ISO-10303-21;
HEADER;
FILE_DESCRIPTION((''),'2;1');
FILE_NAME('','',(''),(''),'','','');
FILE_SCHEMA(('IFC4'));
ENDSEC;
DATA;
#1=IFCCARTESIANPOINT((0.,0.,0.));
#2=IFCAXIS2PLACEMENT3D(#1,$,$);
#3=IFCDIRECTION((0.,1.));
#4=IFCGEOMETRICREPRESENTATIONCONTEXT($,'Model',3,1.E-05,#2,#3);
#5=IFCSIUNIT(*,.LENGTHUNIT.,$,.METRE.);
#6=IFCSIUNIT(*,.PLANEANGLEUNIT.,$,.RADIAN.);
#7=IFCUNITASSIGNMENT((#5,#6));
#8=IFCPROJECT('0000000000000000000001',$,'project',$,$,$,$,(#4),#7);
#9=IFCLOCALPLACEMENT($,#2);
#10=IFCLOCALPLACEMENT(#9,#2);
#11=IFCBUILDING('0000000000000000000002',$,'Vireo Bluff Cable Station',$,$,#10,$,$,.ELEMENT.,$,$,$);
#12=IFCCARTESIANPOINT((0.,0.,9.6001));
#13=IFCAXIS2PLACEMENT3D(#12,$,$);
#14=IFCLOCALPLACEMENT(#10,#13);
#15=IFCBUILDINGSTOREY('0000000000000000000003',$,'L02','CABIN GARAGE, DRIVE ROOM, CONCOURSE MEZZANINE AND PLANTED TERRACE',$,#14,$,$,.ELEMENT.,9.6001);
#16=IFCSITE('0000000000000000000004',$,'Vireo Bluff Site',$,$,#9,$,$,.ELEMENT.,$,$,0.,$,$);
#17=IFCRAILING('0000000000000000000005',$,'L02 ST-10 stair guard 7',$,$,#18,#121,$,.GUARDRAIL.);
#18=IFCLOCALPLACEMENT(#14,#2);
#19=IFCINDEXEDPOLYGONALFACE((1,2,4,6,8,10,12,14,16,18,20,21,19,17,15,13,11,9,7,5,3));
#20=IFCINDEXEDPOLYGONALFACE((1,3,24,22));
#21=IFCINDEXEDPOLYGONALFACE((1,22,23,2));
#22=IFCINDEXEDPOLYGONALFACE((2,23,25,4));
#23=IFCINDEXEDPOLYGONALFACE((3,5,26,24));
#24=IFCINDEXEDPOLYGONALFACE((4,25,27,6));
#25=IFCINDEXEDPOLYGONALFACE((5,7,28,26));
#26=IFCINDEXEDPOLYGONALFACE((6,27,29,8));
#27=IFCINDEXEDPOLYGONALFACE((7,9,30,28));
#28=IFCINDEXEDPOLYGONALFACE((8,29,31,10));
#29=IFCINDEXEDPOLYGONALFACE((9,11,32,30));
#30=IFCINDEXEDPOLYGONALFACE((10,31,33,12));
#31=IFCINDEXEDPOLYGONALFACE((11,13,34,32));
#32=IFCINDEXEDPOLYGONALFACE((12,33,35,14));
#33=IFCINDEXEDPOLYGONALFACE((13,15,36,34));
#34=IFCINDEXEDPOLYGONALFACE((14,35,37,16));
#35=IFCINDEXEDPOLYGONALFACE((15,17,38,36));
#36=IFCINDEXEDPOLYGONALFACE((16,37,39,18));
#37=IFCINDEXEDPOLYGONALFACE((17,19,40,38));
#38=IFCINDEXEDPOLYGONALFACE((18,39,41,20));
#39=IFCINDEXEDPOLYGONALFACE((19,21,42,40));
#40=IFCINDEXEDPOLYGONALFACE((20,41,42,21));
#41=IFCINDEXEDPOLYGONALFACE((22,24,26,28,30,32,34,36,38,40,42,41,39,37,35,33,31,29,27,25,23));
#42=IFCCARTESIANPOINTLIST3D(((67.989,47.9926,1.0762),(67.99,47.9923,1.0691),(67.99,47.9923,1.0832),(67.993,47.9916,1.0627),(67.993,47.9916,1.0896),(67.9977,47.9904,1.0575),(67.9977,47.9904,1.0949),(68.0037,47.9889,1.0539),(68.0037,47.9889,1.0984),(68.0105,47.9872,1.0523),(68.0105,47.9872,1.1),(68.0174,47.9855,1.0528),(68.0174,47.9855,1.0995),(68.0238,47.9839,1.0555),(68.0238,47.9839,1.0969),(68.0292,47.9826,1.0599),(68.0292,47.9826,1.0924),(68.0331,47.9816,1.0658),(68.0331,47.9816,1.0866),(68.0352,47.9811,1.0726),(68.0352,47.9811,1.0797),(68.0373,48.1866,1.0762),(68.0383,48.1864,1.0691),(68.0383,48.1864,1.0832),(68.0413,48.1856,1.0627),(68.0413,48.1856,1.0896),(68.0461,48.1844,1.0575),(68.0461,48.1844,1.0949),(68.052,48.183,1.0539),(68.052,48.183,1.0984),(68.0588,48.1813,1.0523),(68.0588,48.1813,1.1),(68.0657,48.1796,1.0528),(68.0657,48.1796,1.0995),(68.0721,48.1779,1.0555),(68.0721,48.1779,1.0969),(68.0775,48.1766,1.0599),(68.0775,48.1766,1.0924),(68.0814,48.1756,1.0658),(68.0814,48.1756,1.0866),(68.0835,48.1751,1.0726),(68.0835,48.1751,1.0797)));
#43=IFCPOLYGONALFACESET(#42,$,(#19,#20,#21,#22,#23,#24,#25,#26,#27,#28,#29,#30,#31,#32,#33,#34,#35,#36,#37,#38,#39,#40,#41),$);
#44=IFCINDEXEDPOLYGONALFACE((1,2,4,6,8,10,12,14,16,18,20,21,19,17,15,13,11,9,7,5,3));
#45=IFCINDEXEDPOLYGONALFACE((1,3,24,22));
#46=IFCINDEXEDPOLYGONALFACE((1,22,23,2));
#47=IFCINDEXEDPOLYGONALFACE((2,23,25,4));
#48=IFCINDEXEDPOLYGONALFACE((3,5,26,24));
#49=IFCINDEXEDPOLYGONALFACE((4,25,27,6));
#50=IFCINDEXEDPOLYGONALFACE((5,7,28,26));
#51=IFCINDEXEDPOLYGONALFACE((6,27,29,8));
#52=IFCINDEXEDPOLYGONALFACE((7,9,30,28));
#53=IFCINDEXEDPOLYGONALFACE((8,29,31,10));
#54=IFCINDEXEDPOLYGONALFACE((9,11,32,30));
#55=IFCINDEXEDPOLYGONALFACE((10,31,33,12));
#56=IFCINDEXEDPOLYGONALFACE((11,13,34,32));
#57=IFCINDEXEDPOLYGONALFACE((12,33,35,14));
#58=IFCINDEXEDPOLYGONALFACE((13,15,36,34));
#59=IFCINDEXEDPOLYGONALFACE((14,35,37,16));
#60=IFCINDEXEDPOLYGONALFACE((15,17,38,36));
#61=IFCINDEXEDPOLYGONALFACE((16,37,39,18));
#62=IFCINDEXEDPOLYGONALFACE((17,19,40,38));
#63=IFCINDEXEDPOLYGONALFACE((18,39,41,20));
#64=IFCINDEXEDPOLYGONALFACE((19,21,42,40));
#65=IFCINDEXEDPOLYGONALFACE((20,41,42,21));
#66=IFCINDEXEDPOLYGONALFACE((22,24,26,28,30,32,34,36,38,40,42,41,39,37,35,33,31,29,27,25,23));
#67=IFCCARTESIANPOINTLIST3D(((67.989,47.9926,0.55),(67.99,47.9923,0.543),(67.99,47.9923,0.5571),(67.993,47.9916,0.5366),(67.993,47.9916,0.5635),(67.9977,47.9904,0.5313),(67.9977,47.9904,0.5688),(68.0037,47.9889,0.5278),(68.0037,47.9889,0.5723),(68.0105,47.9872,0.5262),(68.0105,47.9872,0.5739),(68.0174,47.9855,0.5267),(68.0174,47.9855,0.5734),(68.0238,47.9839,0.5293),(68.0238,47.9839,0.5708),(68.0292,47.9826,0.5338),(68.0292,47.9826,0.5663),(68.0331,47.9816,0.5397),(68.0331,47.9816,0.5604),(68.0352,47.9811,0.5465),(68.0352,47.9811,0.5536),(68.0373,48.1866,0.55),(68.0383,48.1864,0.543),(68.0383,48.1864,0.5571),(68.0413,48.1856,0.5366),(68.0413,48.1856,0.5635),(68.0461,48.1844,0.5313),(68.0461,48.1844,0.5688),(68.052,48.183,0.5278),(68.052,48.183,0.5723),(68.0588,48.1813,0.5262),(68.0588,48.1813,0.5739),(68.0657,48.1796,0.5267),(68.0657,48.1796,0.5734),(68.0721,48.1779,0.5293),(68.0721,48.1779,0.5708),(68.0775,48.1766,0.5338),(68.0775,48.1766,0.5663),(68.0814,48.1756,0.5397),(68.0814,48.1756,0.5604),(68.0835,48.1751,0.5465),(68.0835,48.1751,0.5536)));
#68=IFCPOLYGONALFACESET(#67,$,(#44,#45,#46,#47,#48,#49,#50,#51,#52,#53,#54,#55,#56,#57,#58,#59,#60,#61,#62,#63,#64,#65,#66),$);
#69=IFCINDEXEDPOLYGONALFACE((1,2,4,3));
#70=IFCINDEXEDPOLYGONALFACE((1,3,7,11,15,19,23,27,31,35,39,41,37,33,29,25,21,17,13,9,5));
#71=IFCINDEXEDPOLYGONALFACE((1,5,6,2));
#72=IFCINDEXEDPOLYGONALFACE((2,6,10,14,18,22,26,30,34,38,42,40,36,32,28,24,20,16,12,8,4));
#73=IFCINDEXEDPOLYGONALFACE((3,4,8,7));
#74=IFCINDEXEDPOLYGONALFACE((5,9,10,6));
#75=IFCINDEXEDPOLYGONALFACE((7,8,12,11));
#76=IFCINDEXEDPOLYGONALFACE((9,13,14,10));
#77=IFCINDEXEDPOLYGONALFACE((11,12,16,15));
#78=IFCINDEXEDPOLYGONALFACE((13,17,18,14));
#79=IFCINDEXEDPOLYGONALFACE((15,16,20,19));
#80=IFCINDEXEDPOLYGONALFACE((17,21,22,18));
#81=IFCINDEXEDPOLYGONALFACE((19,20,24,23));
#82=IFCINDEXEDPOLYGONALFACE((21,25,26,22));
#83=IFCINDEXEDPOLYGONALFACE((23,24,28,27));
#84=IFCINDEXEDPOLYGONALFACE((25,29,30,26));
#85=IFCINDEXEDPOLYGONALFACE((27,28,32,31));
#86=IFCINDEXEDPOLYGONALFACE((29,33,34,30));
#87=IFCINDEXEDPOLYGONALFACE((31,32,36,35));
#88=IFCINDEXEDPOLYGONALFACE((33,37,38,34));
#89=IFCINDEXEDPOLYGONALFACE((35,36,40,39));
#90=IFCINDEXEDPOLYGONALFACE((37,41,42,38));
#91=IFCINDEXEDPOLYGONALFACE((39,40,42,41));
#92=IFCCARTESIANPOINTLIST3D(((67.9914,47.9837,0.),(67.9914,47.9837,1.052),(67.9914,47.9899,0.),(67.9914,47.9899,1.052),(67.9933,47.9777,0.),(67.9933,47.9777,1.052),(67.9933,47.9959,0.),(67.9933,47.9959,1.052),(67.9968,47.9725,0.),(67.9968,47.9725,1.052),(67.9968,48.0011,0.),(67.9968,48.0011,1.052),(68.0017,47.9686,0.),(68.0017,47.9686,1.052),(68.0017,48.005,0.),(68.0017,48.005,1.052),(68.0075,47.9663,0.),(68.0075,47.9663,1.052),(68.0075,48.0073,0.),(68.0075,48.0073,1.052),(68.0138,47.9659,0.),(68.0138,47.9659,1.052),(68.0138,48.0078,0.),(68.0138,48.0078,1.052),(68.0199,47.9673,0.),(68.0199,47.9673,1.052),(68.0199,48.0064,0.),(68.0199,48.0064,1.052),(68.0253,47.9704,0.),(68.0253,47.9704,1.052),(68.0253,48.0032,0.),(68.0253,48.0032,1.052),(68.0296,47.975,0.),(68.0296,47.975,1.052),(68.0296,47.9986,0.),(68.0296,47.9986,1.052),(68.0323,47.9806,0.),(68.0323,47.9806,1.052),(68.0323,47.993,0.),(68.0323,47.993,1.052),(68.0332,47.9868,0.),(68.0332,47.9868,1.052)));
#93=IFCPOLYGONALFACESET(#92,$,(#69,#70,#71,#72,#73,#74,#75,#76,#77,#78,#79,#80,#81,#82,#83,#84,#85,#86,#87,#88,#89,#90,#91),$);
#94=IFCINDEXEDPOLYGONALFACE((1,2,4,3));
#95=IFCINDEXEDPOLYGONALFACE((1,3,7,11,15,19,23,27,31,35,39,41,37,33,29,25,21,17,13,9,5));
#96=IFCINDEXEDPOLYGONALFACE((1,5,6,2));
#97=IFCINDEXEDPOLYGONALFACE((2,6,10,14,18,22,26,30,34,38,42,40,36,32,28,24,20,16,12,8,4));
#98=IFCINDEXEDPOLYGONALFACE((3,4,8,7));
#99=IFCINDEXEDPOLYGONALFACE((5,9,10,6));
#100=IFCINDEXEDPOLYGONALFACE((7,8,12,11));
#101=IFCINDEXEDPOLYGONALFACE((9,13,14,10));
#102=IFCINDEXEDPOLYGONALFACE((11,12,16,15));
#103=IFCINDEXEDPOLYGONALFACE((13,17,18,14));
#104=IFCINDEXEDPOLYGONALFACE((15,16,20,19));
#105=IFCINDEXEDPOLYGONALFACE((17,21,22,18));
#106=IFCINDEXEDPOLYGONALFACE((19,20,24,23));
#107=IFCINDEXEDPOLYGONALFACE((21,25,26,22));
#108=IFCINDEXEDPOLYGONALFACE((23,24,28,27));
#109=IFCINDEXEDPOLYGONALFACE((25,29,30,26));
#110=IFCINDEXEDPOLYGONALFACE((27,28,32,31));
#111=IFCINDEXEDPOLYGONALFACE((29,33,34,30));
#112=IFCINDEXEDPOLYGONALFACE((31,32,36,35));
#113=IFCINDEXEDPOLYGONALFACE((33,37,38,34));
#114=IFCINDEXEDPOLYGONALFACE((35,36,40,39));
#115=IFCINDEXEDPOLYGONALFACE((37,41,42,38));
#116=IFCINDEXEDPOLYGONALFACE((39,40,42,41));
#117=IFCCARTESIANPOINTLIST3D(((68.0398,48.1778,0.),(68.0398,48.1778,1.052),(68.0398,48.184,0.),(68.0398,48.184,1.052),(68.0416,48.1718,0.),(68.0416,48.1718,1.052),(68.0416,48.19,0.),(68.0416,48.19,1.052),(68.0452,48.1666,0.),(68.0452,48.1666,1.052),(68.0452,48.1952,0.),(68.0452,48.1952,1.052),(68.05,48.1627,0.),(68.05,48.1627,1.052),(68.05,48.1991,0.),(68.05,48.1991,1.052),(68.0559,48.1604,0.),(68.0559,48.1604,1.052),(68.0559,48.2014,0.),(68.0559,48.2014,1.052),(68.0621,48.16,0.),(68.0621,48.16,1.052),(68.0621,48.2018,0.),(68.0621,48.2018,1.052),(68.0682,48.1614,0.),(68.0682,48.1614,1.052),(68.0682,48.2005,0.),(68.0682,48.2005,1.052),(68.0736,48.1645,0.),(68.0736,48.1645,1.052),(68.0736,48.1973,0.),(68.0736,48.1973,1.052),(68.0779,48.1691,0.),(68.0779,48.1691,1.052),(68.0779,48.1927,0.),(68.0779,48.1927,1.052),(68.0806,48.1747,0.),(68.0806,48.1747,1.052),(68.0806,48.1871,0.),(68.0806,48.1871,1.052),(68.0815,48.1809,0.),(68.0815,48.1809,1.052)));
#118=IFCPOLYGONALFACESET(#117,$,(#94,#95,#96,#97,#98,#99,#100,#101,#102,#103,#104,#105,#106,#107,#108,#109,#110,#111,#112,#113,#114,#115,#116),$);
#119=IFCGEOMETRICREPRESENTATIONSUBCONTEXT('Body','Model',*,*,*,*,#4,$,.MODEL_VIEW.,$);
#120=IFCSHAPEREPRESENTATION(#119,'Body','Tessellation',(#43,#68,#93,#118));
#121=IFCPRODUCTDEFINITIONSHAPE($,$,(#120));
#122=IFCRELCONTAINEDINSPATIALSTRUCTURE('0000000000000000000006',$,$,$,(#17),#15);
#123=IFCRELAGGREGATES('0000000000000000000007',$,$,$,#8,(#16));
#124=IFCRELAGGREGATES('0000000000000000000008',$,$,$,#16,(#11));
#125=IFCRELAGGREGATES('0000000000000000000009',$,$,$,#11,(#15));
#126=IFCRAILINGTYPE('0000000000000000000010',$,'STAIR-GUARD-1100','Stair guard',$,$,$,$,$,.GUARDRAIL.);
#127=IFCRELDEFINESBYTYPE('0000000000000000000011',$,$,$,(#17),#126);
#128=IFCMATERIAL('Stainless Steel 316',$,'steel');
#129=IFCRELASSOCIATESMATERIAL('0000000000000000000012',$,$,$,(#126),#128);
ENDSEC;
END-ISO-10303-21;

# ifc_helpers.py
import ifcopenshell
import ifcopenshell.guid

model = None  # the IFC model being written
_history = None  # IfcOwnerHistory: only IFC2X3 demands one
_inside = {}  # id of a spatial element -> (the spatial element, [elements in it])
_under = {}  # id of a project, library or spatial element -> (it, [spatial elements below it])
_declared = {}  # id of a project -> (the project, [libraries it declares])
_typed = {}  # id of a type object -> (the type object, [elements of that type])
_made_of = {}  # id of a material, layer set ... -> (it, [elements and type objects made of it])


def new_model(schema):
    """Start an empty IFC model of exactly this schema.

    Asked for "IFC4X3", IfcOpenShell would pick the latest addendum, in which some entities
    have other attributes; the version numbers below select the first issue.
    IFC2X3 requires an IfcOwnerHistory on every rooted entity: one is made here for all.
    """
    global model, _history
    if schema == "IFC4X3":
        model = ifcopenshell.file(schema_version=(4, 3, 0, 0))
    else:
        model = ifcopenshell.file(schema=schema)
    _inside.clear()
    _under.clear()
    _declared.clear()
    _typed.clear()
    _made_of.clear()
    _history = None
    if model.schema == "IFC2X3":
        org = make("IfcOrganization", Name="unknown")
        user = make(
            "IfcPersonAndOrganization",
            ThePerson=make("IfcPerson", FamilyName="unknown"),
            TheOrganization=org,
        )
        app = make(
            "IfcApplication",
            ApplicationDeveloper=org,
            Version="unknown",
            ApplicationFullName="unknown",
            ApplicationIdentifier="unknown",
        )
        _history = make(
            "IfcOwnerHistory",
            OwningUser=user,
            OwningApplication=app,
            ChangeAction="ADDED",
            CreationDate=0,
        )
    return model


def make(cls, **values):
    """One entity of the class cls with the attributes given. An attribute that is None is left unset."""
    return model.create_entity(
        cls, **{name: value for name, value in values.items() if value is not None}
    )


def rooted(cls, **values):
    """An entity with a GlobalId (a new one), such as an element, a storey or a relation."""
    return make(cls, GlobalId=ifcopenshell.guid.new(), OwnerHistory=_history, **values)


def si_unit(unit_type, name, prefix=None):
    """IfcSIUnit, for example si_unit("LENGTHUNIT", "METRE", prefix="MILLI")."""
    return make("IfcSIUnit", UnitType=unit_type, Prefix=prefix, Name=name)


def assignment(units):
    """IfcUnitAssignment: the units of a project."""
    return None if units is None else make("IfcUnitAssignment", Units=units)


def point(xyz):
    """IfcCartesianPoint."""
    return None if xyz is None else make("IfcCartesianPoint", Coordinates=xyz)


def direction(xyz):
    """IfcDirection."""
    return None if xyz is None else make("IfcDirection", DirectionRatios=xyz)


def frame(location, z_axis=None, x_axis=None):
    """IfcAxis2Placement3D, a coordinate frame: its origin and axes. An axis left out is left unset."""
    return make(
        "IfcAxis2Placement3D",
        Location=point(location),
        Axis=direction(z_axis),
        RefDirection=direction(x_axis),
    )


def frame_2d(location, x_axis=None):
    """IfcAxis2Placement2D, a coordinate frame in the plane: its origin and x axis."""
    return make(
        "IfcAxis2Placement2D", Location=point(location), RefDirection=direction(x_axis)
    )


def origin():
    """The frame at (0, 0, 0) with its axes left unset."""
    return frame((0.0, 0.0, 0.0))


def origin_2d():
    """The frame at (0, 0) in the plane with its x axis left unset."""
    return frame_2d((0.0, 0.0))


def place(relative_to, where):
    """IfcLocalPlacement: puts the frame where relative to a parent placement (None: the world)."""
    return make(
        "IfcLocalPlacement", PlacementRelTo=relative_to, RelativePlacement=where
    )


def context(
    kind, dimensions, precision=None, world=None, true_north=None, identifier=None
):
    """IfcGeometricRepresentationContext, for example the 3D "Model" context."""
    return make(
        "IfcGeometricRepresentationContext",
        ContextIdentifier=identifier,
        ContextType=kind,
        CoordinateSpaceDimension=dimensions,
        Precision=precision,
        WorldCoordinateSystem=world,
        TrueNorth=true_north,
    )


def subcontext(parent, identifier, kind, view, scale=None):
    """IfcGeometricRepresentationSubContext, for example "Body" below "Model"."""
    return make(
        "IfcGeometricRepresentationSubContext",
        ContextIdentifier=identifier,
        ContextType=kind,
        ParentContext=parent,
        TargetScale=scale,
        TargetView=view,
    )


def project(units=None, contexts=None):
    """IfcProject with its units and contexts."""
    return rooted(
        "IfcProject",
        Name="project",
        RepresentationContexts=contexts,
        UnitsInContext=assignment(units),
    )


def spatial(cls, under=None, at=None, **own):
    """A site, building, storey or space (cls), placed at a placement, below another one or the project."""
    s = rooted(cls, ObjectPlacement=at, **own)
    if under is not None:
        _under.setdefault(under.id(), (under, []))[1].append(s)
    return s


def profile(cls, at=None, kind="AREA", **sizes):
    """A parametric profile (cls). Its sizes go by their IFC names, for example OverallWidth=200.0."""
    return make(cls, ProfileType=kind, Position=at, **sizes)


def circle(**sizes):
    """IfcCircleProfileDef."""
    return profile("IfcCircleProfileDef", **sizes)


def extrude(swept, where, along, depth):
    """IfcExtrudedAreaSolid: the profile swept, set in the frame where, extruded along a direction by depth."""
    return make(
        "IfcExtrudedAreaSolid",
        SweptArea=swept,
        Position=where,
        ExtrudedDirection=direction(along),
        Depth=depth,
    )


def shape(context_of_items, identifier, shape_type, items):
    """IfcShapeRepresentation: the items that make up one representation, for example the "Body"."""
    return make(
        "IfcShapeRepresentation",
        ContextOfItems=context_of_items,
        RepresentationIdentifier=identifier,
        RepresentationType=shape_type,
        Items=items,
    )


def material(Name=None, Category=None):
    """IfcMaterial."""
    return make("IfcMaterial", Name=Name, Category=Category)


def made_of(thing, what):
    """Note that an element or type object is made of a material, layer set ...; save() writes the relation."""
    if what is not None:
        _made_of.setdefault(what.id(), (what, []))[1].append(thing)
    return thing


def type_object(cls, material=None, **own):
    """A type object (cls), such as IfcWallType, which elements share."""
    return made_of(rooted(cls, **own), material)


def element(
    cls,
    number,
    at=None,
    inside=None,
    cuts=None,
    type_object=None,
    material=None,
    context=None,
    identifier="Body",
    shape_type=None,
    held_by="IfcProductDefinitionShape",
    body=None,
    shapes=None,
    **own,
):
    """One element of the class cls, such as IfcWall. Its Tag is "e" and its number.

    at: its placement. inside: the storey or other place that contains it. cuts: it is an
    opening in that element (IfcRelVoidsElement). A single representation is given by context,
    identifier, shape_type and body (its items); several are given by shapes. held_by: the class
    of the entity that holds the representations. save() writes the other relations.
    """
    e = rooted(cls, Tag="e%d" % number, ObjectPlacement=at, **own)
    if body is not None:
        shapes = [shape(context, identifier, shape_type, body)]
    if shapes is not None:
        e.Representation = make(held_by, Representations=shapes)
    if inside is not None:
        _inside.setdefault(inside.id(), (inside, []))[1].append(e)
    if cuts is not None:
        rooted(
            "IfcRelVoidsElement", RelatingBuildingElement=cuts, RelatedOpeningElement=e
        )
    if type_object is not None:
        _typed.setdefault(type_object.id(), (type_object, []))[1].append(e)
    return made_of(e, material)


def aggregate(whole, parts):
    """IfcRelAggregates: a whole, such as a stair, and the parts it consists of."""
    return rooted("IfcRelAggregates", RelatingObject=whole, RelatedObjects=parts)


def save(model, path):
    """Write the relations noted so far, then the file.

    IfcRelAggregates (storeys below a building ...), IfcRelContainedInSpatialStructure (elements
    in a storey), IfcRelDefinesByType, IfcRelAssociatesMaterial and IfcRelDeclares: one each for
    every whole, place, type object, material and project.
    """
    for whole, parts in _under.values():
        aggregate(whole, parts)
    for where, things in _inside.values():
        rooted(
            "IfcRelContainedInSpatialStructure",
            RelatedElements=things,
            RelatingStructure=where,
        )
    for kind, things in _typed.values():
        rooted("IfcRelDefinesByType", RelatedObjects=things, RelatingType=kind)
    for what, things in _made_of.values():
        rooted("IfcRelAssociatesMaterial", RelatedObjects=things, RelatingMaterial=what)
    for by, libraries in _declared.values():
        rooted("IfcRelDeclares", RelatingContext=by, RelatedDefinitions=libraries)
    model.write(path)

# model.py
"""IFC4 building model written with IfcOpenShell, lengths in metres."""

from ifc_helpers import new_model, si_unit, direction, frame, origin, origin_2d, place, context, subcontext, project, spatial, circle, extrude, material, type_object, element, save


model = new_model("IFC4")

# Units and contexts
model_context = context("Model", 3, precision=1e-05, world=origin(), true_north=direction((0.0, 1.0)))
body_context = subcontext(model_context, "Body", "Model", "MODEL_VIEW")
ifc_project = project(units=[si_unit("LENGTHUNIT", "METRE"), si_unit("PLANEANGLEUNIT", "RADIAN")], contexts=[model_context])

# Site, building, storey
site_placement = place(None, origin())
site = spatial("IfcSite", under=ifc_project, at=site_placement, Name="Vireo Bluff Site", CompositionType="ELEMENT", RefElevation=0.0)
building_placement = place(site_placement, origin())
building = spatial("IfcBuilding", under=site, at=building_placement, Name="Vireo Bluff Cable Station", CompositionType="ELEMENT")
storey_placement = place(building_placement, frame((0.0, 0.0, 9.6001)))
storey = spatial("IfcBuildingStorey", under=building, at=storey_placement, Name="L02", Description="CABIN GARAGE, DRIVE ROOM, CONCOURSE MEZZANINE AND PLANTED TERRACE", CompositionType="ELEMENT", Elevation=9.6001)

# Railing
ifc_material_1 = material(Name="Stainless Steel 316", Category="steel")
railing_type_1 = type_object("IfcRailingType", Name="STAIR-GUARD-1100", Description="Stair guard", PredefinedType="GUARDRAIL", material=ifc_material_1)
railing_1_placement = place(storey_placement, frame((68.0122, 47.9868, 0.0)))
element("IfcRailing", 1, at=railing_1_placement, inside=storey, type_object=railing_type_1, Name="L02 ST-10 stair guard 7", PredefinedType="GUARDRAIL", context=body_context, shape_type="SweptSolid", body=[
    extrude(circle(Radius=0.0239, at=origin_2d()), frame((0.0, 0.0, 1.0762), z_axis=(0.241674, 0.970358, 0.0), x_axis=(-0.970358, 0.241674, 0.0)), (0.0, 0.0, 1.0), 0.2),
    extrude(circle(Radius=0.0239, at=origin_2d()), frame((0.0, 0.0, 0.55), z_axis=(0.241674, 0.970358, 0.0), x_axis=(-0.970358, 0.241674, 0.0)), (0.0, 0.0, 1.0), 0.2),
    extrude(circle(Radius=0.021, at=origin_2d()), origin(), (0.0, 0.0, 1.0), 1.052),
    extrude(circle(Radius=0.021, at=origin_2d()), frame((0.0483, 0.1941, 0.0)), (0.0, 0.0, 1.0), 1.052),
])

save(model, "model.ifc")
